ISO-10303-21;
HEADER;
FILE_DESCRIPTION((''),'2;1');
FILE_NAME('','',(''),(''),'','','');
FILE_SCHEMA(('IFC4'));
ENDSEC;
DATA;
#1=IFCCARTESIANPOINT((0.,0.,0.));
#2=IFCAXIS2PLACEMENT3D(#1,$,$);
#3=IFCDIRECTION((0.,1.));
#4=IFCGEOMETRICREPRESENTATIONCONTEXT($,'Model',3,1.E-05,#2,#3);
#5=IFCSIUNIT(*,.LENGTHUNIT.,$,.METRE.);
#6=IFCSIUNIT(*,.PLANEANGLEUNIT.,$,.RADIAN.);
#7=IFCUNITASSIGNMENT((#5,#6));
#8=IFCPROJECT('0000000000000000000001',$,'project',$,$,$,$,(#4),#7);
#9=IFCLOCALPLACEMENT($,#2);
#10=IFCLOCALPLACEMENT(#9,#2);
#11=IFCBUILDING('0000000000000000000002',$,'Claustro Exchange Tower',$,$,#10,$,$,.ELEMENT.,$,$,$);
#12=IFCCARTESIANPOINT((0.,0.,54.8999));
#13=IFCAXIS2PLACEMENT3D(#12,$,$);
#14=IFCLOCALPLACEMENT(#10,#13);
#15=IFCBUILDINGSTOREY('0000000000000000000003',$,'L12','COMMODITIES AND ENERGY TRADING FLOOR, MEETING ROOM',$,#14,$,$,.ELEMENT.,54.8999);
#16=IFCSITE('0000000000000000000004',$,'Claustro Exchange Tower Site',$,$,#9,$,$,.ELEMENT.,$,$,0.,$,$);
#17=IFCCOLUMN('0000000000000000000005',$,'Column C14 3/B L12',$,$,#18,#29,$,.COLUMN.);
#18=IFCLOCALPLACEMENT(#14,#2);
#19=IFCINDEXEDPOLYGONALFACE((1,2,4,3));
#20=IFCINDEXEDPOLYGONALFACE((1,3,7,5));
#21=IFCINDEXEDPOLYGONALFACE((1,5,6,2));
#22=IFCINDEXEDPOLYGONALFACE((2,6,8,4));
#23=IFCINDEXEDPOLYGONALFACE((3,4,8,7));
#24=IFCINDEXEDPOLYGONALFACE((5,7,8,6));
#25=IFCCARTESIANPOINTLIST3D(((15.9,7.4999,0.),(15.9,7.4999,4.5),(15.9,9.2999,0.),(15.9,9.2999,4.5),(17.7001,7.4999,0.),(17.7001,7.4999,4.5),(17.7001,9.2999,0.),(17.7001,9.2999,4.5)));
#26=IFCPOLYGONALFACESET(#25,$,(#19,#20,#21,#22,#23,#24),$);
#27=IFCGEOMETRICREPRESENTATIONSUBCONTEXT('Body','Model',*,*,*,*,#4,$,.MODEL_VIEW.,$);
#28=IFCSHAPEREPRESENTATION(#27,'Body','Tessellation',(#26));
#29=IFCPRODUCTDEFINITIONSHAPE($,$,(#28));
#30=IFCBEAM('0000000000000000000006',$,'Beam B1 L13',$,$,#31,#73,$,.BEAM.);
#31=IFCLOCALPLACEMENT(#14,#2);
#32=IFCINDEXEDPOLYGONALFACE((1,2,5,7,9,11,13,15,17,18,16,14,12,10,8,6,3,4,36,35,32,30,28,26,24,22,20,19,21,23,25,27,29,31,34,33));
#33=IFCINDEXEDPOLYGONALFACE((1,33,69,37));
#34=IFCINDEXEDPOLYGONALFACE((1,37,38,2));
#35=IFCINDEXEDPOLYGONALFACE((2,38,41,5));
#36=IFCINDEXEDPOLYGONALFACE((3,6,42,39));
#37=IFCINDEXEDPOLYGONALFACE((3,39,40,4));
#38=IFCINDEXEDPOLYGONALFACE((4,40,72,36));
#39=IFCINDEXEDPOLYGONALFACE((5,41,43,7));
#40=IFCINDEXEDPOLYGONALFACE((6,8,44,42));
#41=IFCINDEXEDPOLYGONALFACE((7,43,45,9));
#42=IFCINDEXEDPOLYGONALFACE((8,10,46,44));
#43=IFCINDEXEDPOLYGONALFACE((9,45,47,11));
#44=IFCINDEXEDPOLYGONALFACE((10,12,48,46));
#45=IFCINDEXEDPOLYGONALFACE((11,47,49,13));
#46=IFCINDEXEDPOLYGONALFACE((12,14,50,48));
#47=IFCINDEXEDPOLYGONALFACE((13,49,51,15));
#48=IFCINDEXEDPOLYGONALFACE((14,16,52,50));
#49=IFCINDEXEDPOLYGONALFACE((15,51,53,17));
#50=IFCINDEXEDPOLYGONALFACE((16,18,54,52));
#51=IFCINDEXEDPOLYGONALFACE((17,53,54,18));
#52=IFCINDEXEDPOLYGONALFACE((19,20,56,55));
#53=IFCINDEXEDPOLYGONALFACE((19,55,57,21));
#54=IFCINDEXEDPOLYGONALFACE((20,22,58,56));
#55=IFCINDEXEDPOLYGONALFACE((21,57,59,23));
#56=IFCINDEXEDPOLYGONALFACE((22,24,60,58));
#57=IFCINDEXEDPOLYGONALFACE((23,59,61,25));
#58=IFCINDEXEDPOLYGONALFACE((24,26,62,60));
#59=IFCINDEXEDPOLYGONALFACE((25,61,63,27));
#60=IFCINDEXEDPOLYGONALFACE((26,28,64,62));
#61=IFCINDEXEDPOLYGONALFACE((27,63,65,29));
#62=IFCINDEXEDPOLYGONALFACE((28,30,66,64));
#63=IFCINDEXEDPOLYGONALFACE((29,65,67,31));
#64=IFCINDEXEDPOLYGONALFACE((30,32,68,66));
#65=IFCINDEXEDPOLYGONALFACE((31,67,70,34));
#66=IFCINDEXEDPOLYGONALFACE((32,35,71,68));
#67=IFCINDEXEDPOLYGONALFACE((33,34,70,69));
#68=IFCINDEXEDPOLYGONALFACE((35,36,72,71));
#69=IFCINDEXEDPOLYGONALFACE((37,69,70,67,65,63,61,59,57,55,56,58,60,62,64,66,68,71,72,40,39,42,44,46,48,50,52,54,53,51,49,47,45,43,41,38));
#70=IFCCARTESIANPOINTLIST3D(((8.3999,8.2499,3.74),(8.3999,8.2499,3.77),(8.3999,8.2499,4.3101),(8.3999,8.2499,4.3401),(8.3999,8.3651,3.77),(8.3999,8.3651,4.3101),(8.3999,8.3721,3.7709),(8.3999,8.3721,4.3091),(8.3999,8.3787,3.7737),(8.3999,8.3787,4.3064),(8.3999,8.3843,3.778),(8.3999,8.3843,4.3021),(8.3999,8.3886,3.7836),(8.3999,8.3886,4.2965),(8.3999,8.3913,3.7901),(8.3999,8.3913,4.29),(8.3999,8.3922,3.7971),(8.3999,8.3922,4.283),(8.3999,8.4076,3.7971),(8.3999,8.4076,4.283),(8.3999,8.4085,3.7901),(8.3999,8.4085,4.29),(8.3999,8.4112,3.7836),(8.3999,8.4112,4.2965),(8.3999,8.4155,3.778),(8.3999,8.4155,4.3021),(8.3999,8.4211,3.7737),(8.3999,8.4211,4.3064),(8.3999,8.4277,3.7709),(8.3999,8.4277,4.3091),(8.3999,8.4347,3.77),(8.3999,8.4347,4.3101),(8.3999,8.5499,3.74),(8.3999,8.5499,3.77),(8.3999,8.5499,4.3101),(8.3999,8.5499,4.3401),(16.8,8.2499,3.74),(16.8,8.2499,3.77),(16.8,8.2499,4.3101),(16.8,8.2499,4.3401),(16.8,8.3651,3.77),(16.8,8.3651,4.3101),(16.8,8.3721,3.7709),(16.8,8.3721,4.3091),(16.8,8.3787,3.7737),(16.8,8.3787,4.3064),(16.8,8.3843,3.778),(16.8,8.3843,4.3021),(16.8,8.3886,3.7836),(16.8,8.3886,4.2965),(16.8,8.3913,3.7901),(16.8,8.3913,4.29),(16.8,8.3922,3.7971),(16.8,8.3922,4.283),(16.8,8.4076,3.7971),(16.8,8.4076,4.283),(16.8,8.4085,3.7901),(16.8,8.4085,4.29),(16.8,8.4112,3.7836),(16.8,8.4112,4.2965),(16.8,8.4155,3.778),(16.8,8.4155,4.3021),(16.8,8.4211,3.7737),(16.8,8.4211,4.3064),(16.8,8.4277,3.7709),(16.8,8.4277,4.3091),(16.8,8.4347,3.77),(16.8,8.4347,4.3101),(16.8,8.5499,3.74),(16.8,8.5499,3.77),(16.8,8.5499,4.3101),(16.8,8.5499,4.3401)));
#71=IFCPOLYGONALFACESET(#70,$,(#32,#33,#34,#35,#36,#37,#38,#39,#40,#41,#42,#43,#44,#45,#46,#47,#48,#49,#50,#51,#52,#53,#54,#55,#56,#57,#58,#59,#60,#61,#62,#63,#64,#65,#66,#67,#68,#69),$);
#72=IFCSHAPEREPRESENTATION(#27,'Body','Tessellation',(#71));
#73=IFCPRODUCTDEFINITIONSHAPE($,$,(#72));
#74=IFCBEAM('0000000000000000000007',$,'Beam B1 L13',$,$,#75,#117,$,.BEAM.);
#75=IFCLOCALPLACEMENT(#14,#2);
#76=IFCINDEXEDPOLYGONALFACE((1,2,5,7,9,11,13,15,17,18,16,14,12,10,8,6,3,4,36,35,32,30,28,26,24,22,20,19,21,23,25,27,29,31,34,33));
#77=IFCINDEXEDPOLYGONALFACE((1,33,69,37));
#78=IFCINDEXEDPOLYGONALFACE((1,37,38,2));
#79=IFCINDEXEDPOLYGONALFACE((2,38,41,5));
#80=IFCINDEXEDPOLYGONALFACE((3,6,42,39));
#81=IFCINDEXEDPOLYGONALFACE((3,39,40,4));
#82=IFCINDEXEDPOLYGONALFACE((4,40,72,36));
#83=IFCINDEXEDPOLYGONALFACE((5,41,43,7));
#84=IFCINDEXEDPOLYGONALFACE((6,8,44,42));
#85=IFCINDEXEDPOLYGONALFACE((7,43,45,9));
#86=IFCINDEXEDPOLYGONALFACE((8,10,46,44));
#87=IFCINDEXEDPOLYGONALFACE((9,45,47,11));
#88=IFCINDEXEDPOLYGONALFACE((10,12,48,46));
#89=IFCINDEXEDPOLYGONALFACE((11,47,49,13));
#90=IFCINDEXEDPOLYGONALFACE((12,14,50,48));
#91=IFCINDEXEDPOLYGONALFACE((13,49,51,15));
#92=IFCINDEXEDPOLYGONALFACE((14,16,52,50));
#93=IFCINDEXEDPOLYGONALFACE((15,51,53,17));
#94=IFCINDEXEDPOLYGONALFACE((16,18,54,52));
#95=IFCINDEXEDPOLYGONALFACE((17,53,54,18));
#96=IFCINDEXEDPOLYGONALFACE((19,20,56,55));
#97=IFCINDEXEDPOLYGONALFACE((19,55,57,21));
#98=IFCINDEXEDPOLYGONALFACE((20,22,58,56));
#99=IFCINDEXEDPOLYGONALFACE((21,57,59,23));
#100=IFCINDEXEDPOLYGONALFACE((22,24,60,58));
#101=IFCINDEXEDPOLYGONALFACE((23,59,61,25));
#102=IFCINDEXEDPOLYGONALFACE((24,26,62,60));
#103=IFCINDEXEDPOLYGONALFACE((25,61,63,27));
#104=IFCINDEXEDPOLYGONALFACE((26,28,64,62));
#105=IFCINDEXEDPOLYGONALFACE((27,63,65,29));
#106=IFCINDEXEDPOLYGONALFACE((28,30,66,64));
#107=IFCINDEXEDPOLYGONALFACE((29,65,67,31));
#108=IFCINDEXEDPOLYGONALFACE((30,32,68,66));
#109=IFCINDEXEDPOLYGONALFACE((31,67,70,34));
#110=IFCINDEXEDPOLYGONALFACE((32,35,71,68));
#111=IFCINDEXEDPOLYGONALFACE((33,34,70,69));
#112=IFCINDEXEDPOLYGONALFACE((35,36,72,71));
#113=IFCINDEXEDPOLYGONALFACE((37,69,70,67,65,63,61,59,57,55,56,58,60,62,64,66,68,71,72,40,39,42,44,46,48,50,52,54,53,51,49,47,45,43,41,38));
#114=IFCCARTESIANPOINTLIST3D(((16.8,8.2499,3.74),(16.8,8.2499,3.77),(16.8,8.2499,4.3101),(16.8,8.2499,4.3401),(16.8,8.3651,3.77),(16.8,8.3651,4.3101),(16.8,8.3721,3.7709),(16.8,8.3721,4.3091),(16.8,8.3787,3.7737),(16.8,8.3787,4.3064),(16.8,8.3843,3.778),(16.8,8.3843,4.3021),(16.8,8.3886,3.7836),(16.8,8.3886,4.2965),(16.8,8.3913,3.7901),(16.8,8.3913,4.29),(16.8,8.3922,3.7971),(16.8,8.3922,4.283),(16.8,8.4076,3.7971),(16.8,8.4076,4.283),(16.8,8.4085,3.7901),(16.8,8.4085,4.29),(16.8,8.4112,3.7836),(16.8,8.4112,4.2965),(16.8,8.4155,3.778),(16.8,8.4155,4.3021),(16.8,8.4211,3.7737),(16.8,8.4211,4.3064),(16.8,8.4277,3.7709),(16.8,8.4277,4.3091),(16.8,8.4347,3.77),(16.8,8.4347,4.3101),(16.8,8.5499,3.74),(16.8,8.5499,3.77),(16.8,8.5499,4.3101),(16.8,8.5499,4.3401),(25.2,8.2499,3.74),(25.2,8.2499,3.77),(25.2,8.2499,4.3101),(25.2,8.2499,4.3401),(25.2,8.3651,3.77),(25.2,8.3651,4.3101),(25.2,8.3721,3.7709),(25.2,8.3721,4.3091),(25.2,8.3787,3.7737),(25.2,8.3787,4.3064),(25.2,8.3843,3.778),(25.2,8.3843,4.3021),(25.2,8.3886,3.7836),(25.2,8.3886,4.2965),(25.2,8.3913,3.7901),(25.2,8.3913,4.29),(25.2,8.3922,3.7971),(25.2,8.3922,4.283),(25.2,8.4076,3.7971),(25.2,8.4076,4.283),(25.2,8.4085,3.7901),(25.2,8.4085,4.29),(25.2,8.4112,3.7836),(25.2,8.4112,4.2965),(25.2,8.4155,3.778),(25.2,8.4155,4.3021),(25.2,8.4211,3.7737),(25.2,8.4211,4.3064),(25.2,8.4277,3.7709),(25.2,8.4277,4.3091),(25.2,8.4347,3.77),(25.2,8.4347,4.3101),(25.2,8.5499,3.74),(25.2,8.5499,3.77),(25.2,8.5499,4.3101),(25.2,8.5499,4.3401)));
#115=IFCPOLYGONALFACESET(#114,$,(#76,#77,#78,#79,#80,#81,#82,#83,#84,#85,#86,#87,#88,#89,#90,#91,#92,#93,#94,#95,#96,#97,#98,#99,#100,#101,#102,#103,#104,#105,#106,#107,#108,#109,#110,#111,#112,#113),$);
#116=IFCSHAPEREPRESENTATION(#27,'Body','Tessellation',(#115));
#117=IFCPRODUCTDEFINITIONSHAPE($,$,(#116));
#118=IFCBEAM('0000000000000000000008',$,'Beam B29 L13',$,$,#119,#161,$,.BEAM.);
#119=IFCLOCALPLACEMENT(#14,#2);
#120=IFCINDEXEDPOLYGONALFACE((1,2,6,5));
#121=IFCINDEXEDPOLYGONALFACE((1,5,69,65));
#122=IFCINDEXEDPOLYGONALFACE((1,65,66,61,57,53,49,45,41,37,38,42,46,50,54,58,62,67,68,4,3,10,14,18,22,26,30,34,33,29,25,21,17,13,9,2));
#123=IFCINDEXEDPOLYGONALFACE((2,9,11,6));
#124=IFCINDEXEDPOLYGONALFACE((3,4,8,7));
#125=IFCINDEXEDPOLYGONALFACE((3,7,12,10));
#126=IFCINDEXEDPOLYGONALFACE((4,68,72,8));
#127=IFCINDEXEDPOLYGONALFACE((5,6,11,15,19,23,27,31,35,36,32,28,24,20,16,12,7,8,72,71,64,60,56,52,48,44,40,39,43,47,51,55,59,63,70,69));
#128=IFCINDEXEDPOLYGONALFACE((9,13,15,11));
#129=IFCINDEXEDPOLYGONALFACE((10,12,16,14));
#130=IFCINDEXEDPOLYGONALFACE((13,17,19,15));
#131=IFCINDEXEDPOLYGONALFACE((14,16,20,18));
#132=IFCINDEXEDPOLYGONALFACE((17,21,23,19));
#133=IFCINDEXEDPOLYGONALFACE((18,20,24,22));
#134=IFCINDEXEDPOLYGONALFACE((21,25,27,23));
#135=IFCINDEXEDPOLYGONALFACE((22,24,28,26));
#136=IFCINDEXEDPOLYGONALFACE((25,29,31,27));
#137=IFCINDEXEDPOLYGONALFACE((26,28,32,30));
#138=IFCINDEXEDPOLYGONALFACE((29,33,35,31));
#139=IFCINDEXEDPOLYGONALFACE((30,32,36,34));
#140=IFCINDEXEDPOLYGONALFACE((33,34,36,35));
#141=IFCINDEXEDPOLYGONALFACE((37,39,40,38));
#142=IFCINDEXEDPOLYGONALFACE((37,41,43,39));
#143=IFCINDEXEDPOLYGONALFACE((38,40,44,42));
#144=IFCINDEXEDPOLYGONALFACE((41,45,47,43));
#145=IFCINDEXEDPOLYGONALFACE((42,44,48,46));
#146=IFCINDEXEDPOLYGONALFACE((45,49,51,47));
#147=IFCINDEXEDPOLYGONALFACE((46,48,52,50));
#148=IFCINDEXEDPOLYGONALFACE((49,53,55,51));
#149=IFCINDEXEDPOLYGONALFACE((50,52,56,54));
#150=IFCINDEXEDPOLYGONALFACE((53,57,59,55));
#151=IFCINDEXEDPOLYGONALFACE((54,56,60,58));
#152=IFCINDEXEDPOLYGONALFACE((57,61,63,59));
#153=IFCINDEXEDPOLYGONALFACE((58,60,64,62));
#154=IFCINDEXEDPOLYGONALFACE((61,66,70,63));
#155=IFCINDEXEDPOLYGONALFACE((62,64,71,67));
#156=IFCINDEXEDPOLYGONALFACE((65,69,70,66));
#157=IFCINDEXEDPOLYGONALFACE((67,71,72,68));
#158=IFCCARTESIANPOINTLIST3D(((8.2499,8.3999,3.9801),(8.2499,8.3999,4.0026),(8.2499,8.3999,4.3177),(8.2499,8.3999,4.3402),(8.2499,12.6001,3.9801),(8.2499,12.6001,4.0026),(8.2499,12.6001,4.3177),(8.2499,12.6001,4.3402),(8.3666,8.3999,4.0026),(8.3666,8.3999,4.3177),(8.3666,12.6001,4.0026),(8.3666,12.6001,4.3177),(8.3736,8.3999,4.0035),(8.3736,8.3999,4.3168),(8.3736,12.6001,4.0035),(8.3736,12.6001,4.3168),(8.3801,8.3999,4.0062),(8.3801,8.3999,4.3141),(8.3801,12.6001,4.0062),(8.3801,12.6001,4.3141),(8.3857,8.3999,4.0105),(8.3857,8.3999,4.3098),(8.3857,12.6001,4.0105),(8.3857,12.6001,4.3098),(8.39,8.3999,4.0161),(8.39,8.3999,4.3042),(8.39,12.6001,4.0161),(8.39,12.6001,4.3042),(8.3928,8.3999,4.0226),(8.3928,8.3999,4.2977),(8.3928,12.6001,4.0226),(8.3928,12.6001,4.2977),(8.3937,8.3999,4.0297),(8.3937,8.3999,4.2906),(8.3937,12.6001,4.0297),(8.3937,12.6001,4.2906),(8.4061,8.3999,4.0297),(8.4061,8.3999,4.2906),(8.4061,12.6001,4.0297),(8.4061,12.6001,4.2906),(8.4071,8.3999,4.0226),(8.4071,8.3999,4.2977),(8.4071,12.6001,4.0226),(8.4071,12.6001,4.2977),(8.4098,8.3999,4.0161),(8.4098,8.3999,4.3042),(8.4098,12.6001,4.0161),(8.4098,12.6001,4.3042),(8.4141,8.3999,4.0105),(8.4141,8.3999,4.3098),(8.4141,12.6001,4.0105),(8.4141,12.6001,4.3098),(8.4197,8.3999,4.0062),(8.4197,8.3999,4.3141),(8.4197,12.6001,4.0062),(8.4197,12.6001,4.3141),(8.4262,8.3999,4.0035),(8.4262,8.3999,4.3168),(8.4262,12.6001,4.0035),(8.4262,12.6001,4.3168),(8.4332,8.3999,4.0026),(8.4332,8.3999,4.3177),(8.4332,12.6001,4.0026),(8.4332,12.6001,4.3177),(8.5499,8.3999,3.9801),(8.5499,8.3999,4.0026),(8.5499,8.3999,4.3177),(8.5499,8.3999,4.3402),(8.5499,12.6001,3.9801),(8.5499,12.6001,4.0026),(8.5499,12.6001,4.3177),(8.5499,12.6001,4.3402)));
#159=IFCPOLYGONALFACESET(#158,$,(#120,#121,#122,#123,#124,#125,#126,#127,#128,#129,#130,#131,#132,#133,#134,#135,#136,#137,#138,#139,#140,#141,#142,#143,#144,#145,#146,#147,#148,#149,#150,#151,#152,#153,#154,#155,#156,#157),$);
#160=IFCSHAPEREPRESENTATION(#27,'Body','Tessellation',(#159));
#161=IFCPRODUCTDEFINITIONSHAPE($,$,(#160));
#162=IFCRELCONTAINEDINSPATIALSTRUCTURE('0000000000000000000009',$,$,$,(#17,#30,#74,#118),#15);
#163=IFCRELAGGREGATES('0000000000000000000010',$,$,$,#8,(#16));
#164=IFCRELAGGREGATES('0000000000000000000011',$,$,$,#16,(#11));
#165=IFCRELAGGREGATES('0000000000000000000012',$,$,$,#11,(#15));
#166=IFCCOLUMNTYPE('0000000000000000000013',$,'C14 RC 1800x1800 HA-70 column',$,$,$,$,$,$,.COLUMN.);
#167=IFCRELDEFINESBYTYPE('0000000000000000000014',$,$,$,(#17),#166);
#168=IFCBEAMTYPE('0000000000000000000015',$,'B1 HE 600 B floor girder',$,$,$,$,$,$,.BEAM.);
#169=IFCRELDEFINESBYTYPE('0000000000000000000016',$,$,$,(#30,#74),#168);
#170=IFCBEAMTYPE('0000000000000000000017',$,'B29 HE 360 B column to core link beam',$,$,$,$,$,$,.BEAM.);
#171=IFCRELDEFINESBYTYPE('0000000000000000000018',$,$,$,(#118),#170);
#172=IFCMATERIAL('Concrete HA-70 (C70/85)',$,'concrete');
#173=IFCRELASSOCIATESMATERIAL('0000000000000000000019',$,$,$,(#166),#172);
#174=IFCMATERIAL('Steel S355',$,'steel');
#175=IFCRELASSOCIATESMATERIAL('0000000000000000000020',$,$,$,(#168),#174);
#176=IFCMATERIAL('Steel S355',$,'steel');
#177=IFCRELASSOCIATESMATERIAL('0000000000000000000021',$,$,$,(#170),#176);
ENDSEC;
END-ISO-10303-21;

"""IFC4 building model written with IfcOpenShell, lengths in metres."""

from ifc_helpers import new_model, si_unit, direction, frame, origin, origin_2d, place, context, subcontext, project, spatial, rectangle, i_section, extrude, material, material_profile, profile_set, type_object, element, save


model = new_model("IFC4")

# Units and contexts
model_context = context("Model", 3, precision=1e-05, world=origin(), true_north=direction((0.0, 1.0)))
body_context = subcontext(model_context, "Body", "Model", "MODEL_VIEW")
ifc_project = project(units=[si_unit("LENGTHUNIT", "METRE"), si_unit("PLANEANGLEUNIT", "RADIAN")], contexts=[model_context])

# Site, building, storey
site_placement = place(None, origin())
site = spatial("IfcSite", under=ifc_project, at=site_placement, Name="Claustro Exchange Tower Site", CompositionType="ELEMENT", RefElevation=0.0)
building_placement = place(site_placement, origin())
building = spatial("IfcBuilding", under=site, at=building_placement, Name="Claustro Exchange Tower", CompositionType="ELEMENT")
storey_placement = place(building_placement, frame((0.0, 0.0, 54.8999)))
storey = spatial("IfcBuildingStorey", under=building, at=storey_placement, Name="L12", Description="COMMODITIES AND ENERGY TRADING FLOOR, MEETING ROOM", CompositionType="ELEMENT", Elevation=54.8999)

# Column
ifc_material_1 = material(Name="Concrete HA-70 (C70/85)", Category="concrete")
ifc_material_profile_1 = material_profile(ifc_material_1, rectangle(XDim=1.8, YDim=1.8, at=origin_2d()), Name="RC 1800x1800")
ifc_profile_set_1 = profile_set([ifc_material_profile_1], Name="Concrete HA-70 (C70/85)")
column_type = type_object("IfcColumnType", Name="C14 RC 1800x1800 HA-70 column", PredefinedType="COLUMN", material=ifc_profile_set_1)
column_placement = place(storey_placement, frame((16.8, 8.3999, 0.0), z_axis=(0.0, 0.0, 1.0), x_axis=(1.0, 0.0, 0.0)))
element("IfcColumn", 1, at=column_placement, inside=storey, type_object=column_type, Name="Column C14 3/B L12", PredefinedType="COLUMN", context=body_context, shape_type="SweptSolid", body=[
    extrude(rectangle(XDim=1.8, YDim=1.8, at=origin_2d()), origin(), (0.0, 0.0, 1.0), 4.5),
])

# Beams
ifc_material_2 = material(Name="Steel S355", Category="steel")
ifc_material_profile_2 = material_profile(ifc_material_2, i_section(OverallWidth=0.3, OverallDepth=0.6001, WebThickness=0.0154, FlangeThickness=0.03, FilletRadius=0.0271, at=origin_2d()), Name="HE 600 B")
ifc_profile_set_2 = profile_set([ifc_material_profile_2], Name="Steel S355")
beam_type_1 = type_object("IfcBeamType", Name="B1 HE 600 B floor girder", PredefinedType="BEAM", material=ifc_profile_set_2)
beam_1_placement = place(storey_placement, frame((8.3999, 8.3999, 4.04), z_axis=(1.0, 0.0, 0.0), x_axis=(0.0, 1.0, 0.0)))
element("IfcBeam", 2, at=beam_1_placement, inside=storey, type_object=beam_type_1, Name="Beam B1 L13", PredefinedType="BEAM", context=body_context, shape_type="SweptSolid", body=[
    extrude(i_section(OverallWidth=0.3, OverallDepth=0.6001, WebThickness=0.0154, FlangeThickness=0.03, FilletRadius=0.0271, at=origin_2d()), origin(), (0.0, 0.0, 1.0), 8.4001),
])
beam_2_placement = place(storey_placement, frame((16.8, 8.3999, 4.04), z_axis=(1.0, 0.0, 0.0), x_axis=(0.0, 1.0, 0.0)))
element("IfcBeam", 3, at=beam_2_placement, inside=storey, type_object=beam_type_1, Name="Beam B1 L13", PredefinedType="BEAM", context=body_context, shape_type="SweptSolid", body=[
    extrude(i_section(OverallWidth=0.3, OverallDepth=0.6001, WebThickness=0.0154, FlangeThickness=0.03, FilletRadius=0.0271, at=origin_2d()), origin(), (0.0, 0.0, 1.0), 8.3999),
])
ifc_material_3 = material(Name="Steel S355", Category="steel")
ifc_material_profile_3 = material_profile(ifc_material_3, i_section(OverallWidth=0.3, OverallDepth=0.3601, WebThickness=0.0125, FlangeThickness=0.0225, FilletRadius=0.0271, at=origin_2d()), Name="HE 360 B")
ifc_profile_set_3 = profile_set([ifc_material_profile_3], Name="Steel S355")
beam_type_2 = type_object("IfcBeamType", Name="B29 HE 360 B column to core link beam", PredefinedType="BEAM", material=ifc_profile_set_3)
for number, where, z_axis, x_axis, name in (
    (4, (8.3999, 8.3999, 4.1602), (0.0, 1.0, 0.0), (-1.0, 0.0, 0.0), "Beam B29 L13"),
):
    element("IfcBeam", number, at=place(storey_placement, frame(where, z_axis=z_axis, x_axis=x_axis)), inside=storey, type_object=beam_type_2, Name=name, PredefinedType="BEAM", context=body_context, shape_type="SweptSolid", body=[
        extrude(i_section(OverallWidth=0.3, OverallDepth=0.3601, WebThickness=0.0125, FlangeThickness=0.0225, FilletRadius=0.0271, at=origin_2d()), origin(), (0.0, 0.0, 1.0), 4.2002),
    ])

save(model, "model.ifc")
